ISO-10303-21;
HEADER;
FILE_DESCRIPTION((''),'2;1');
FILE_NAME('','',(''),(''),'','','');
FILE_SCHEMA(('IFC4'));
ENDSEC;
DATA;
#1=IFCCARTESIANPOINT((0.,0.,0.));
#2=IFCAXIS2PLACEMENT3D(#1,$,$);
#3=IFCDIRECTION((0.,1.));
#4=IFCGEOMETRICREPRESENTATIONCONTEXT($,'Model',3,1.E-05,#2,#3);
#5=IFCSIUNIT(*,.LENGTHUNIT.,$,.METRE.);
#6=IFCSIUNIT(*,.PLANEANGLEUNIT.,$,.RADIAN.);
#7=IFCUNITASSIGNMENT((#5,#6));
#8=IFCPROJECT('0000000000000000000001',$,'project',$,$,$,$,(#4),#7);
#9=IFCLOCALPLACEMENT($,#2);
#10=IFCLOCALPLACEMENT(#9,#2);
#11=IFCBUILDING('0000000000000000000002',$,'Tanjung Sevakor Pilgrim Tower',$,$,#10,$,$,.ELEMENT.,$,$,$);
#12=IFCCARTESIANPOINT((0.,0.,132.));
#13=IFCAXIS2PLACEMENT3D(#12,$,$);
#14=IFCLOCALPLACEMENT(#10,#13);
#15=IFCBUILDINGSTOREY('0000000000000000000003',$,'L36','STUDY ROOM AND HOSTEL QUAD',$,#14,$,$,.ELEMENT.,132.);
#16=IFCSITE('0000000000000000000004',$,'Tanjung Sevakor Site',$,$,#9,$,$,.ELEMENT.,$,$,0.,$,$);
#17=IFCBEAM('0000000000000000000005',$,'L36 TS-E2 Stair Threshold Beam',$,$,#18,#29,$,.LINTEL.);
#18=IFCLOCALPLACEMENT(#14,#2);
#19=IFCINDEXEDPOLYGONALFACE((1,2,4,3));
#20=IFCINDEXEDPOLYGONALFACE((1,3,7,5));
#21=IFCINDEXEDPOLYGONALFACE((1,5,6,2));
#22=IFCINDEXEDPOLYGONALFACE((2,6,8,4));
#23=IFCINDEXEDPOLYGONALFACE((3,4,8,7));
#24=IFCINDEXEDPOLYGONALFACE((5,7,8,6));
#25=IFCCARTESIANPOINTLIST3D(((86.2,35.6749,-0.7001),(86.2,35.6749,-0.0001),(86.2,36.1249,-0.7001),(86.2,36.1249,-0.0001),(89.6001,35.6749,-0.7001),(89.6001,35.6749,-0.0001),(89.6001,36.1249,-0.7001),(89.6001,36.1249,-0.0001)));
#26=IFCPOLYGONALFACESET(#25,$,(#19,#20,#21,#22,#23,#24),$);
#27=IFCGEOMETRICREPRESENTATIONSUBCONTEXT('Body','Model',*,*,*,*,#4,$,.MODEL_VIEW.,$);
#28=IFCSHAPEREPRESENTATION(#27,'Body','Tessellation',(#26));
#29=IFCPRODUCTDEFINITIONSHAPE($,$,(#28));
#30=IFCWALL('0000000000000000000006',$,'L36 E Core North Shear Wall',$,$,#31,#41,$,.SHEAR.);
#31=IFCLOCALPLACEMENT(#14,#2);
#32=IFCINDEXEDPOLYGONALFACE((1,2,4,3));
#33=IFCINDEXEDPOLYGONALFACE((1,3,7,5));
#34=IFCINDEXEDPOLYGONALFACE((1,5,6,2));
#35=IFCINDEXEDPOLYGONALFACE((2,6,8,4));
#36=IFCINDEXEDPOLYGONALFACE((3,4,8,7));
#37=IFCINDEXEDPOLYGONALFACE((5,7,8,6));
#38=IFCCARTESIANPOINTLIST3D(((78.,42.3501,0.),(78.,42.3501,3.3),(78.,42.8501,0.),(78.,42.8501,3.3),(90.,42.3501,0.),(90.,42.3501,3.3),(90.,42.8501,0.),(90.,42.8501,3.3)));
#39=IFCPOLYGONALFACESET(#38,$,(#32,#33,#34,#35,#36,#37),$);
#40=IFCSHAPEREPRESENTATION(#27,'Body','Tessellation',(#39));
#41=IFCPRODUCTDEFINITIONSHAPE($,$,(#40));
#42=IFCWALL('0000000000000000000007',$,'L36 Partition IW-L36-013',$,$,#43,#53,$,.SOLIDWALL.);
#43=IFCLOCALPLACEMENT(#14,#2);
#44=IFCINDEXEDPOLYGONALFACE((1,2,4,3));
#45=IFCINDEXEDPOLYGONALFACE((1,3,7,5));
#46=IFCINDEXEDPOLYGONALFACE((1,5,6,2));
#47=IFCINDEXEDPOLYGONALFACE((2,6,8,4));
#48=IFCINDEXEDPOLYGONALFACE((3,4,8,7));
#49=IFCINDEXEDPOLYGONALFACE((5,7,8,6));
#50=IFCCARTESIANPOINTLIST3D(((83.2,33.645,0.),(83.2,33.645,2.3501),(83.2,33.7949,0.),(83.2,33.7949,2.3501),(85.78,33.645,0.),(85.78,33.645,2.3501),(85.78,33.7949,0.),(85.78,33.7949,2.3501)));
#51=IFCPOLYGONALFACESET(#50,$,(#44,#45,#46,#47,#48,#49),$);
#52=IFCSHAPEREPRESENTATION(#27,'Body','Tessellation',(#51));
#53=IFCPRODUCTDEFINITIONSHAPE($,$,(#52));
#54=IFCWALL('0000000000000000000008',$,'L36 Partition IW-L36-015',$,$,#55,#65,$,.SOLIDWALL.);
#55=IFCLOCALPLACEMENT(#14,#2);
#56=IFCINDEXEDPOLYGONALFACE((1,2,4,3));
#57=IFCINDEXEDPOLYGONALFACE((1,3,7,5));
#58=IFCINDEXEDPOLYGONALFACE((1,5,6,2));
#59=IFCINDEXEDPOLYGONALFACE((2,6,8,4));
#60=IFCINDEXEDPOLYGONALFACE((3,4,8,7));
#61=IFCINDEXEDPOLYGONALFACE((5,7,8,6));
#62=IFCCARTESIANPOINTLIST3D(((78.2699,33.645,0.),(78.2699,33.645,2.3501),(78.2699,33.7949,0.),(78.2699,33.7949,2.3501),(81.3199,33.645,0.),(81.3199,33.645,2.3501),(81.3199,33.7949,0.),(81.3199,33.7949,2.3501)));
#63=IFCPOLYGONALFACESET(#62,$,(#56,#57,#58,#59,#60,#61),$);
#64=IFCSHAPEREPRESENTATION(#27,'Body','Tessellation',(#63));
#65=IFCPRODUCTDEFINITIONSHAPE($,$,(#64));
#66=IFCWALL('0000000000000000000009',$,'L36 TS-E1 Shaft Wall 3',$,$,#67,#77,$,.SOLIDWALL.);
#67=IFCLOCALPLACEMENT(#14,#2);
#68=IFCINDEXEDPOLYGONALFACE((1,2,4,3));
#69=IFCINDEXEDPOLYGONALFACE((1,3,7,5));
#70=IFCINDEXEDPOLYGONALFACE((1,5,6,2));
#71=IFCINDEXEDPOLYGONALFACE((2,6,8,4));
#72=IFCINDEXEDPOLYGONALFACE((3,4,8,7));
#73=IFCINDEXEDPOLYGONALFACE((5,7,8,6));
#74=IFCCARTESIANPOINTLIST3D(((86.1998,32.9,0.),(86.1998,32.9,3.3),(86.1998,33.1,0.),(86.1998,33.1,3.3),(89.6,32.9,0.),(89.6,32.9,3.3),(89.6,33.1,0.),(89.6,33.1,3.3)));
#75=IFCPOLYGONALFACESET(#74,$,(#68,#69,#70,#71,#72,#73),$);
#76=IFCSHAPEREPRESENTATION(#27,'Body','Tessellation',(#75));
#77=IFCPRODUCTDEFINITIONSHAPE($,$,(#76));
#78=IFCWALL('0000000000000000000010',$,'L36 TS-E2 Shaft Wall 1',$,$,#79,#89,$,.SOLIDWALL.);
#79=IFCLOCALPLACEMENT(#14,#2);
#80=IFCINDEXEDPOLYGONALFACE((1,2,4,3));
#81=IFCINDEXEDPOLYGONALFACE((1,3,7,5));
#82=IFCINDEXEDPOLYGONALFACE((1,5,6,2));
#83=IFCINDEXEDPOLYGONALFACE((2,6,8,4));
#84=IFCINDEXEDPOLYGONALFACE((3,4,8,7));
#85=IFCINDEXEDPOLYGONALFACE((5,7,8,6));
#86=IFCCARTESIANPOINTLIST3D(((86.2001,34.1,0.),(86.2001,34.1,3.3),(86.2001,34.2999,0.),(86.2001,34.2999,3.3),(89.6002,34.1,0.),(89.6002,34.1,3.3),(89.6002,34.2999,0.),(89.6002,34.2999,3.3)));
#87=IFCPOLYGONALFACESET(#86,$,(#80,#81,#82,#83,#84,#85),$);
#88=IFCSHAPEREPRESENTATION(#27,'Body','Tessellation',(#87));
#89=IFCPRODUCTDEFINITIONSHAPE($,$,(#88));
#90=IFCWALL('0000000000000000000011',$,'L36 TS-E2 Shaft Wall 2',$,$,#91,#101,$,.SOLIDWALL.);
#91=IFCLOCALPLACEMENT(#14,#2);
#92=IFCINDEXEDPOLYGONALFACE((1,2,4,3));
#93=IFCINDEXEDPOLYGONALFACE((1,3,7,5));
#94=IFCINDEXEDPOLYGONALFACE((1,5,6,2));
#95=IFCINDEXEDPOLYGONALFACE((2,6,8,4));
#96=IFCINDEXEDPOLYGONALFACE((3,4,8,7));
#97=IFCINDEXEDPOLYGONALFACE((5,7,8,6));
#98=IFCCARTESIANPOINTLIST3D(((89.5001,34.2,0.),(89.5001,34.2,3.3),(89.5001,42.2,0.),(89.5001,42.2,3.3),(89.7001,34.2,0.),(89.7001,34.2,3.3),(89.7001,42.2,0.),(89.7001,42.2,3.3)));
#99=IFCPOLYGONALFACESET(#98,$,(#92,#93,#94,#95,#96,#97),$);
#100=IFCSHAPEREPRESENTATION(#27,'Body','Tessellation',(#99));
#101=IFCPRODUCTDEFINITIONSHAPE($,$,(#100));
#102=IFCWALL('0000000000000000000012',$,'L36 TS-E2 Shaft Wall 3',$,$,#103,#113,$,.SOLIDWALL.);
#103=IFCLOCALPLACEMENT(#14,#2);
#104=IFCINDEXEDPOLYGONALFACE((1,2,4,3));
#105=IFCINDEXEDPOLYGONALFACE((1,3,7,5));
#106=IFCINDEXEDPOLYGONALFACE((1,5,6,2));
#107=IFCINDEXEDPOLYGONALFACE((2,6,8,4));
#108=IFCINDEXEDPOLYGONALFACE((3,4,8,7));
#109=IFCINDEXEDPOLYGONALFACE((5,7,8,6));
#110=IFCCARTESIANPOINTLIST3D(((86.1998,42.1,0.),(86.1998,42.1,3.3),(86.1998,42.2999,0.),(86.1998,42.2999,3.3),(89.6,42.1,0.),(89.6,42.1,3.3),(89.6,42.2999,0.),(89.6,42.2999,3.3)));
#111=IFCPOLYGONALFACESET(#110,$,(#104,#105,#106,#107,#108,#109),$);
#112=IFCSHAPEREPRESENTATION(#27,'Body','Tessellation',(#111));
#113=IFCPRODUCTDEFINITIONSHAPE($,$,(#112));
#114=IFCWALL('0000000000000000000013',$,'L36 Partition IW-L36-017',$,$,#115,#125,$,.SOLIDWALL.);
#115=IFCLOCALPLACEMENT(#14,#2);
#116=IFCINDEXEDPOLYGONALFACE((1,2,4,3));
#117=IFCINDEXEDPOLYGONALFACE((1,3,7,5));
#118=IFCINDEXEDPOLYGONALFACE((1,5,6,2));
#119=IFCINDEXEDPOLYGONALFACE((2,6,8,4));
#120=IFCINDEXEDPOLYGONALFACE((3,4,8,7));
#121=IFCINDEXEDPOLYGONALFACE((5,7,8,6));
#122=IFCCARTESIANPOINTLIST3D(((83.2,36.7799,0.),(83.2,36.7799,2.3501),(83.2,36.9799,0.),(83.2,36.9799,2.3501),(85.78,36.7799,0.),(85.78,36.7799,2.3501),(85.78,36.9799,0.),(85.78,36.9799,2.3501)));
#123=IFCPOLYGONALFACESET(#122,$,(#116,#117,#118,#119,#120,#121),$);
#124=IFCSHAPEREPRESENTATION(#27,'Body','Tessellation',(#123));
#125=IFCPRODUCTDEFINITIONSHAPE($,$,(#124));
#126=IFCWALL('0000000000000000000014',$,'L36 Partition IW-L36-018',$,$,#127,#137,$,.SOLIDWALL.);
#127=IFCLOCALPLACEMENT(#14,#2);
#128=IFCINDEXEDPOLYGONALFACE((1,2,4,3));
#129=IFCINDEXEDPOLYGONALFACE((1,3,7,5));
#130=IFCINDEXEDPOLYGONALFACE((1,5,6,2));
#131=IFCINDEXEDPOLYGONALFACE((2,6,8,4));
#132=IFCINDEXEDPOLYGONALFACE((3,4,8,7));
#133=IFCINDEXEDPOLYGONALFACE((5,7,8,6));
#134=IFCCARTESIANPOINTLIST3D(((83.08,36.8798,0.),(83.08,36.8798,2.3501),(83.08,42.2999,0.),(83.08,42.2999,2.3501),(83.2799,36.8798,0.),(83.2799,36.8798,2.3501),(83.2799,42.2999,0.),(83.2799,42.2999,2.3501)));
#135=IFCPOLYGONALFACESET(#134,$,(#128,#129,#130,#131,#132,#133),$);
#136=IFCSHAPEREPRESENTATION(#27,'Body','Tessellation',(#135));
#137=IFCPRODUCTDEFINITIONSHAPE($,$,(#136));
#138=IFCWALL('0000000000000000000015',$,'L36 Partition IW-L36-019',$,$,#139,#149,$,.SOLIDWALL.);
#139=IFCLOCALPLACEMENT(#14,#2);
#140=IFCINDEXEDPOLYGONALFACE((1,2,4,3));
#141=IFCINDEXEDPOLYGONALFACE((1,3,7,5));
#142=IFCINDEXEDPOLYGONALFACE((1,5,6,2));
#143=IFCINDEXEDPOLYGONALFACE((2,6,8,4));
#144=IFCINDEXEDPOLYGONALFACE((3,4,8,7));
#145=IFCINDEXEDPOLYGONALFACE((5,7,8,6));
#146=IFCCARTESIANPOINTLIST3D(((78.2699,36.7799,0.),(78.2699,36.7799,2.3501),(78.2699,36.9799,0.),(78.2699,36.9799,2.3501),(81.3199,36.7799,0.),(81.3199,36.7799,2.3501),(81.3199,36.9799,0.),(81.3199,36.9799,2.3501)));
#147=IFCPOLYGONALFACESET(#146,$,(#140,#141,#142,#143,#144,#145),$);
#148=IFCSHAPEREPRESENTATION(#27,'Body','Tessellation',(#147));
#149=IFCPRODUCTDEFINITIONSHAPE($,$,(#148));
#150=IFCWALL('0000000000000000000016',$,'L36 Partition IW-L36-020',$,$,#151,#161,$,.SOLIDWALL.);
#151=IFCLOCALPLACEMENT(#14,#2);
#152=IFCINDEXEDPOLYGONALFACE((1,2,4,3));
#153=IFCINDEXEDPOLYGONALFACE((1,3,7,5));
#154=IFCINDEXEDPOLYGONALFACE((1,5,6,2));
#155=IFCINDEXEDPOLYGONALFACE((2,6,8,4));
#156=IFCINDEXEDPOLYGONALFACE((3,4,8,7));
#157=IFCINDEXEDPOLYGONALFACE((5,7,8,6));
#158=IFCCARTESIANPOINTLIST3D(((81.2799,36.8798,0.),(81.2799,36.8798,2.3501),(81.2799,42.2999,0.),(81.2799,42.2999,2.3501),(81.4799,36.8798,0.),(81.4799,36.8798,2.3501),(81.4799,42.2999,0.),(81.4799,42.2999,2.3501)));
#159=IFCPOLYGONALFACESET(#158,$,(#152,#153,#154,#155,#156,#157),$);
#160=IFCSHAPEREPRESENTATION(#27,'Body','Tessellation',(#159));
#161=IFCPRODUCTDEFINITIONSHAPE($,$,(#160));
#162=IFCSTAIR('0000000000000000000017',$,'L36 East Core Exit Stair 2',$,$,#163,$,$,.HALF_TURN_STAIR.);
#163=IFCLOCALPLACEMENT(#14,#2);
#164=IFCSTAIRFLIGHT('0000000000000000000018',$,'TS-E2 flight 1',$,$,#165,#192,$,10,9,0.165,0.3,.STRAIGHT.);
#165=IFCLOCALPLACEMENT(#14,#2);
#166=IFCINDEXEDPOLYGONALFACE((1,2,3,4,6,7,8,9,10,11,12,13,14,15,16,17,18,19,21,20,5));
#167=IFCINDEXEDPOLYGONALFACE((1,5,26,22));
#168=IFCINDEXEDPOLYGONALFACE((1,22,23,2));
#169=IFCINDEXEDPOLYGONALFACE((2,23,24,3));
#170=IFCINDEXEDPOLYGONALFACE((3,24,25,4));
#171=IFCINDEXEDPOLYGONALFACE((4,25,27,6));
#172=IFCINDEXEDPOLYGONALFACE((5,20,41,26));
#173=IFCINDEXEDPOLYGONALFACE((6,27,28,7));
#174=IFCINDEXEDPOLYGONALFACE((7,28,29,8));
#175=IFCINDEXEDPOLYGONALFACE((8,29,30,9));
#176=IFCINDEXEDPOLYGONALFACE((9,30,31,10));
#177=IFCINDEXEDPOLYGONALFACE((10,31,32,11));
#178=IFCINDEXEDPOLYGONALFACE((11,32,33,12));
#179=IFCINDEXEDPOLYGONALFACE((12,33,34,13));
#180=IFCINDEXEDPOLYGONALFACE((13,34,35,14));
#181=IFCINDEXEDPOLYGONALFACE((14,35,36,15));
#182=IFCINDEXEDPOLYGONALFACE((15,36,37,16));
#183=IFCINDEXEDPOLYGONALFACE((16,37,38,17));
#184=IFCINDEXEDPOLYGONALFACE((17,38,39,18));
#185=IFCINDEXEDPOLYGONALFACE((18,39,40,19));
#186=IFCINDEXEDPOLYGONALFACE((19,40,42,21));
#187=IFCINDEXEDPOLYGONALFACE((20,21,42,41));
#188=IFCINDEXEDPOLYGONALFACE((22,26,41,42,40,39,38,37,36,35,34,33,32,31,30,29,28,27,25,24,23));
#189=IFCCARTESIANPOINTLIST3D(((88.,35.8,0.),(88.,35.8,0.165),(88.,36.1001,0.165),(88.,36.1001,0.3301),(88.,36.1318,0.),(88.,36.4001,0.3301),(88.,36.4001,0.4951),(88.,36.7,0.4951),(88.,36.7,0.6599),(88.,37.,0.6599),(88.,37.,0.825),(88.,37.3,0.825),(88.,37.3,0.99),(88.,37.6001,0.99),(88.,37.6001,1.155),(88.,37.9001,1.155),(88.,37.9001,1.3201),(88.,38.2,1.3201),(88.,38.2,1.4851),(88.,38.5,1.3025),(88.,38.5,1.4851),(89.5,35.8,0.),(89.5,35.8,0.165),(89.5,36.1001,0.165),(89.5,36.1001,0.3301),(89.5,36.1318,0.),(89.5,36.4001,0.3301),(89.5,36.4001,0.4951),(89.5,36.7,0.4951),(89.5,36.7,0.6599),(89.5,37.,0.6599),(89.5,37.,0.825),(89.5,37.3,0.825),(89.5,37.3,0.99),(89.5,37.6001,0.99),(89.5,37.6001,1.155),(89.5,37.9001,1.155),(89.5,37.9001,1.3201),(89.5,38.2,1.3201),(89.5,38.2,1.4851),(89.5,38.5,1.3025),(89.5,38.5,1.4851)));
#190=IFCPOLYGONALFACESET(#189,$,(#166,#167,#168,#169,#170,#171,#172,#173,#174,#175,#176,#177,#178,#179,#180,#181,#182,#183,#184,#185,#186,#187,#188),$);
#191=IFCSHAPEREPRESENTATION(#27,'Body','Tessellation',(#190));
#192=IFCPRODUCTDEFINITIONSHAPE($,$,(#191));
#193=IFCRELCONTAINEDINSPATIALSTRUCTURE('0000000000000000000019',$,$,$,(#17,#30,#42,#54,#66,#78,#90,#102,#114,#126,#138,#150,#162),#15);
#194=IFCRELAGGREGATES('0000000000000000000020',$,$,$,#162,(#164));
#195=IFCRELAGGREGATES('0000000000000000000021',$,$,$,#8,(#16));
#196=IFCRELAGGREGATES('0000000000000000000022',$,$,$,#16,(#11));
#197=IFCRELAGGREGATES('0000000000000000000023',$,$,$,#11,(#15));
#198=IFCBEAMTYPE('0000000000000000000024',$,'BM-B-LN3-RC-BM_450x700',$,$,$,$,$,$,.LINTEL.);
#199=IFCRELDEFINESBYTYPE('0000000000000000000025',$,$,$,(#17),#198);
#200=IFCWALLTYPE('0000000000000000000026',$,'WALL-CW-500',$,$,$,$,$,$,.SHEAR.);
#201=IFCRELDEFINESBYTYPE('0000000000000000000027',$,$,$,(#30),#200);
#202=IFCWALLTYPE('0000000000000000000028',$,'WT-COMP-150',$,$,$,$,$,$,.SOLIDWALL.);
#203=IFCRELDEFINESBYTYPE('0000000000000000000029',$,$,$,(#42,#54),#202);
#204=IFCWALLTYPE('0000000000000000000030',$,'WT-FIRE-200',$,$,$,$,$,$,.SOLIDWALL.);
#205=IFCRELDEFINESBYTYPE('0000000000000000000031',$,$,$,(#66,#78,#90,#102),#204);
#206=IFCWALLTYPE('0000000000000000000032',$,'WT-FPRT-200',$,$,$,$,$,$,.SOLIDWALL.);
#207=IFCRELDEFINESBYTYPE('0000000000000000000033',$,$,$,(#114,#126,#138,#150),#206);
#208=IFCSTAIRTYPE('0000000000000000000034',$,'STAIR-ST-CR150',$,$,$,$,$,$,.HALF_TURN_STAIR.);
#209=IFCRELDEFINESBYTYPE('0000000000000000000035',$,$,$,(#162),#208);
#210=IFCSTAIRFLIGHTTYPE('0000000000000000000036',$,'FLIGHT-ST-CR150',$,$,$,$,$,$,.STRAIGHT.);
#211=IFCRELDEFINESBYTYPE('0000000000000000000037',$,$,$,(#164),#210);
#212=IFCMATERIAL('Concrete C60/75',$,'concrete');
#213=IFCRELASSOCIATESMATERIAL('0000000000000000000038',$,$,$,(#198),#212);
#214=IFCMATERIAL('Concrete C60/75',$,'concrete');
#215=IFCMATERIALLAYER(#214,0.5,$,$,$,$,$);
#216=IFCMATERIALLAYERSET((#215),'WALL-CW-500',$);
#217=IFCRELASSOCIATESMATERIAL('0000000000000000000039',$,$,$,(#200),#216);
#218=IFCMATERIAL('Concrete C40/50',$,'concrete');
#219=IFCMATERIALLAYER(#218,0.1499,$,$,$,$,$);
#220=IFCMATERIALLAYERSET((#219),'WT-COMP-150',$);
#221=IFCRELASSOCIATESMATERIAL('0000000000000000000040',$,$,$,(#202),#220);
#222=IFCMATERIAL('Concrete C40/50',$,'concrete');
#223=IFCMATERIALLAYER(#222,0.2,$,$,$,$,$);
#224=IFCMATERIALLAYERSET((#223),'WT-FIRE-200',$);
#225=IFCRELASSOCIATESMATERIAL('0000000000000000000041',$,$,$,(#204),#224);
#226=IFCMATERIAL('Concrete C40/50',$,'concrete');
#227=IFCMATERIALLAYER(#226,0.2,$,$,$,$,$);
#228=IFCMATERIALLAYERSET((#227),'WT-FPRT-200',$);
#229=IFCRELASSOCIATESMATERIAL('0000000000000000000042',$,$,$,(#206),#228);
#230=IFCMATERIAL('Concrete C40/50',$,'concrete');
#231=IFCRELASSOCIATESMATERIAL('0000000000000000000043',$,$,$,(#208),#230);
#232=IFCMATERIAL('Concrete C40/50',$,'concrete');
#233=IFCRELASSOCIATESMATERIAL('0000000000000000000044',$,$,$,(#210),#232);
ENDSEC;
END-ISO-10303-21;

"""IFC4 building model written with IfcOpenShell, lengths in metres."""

from ifc_helpers import new_model, si_unit, direction, frame, frame_2d, origin, origin_2d, place, context, subcontext, project, spatial, polyline, rectangle, outline, extrude, material, layer, layer_set, material_profile, profile_set, type_object, element, aggregate, save


model = new_model("IFC4")

# Units and contexts
model_context = context("Model", 3, precision=1e-05, world=origin(), true_north=direction((0.0, 1.0)))
body_context = subcontext(model_context, "Body", "Model", "MODEL_VIEW")
ifc_project = project(units=[si_unit("LENGTHUNIT", "METRE"), si_unit("PLANEANGLEUNIT", "RADIAN")], contexts=[model_context])

# Site, building, storey
site_placement = place(None, origin())
site = spatial("IfcSite", under=ifc_project, at=site_placement, Name="Tanjung Sevakor Site", CompositionType="ELEMENT", RefElevation=0.0)
building_placement = place(site_placement, origin())
building = spatial("IfcBuilding", under=site, at=building_placement, Name="Tanjung Sevakor Pilgrim Tower", CompositionType="ELEMENT")
storey_placement = place(building_placement, frame((0.0, 0.0, 132.0)))
storey = spatial("IfcBuildingStorey", under=building, at=storey_placement, Name="L36", Description="STUDY ROOM AND HOSTEL QUAD", CompositionType="ELEMENT", Elevation=132.0)

# Beam
ifc_material_1 = material(Name="Concrete C60/75", Category="concrete")
ifc_material_profile = material_profile(ifc_material_1, rectangle(XDim=0.45, YDim=0.7, at=origin_2d()))
ifc_profile_set = profile_set([ifc_material_profile], Name="Concrete C60/75")
beam_type = type_object("IfcBeamType", Name="BM-B-LN3-RC-BM_450x700", PredefinedType="LINTEL", material=ifc_profile_set)
beam_placement = place(storey_placement, frame((86.2, 35.8999, -0.3501), z_axis=(1.0, 0.0, 0.0), x_axis=(0.0, 1.0, 0.0)))
element("IfcBeam", 1, at=beam_placement, inside=storey, type_object=beam_type, Name="L36 TS-E2 Stair Threshold Beam", PredefinedType="LINTEL", context=body_context, shape_type="SweptSolid", body=[
    extrude(rectangle(XDim=0.45, YDim=0.7, at=origin_2d()), origin(), (0.0, 0.0, 1.0), 3.4001),
])

# Walls
ifc_material_2 = material(Name="Concrete C60/75", Category="concrete")
ifc_layer_1 = layer(ifc_material_2, 0.5)
ifc_layer_set_1 = layer_set([ifc_layer_1], Name="WALL-CW-500")
wall_type_1 = type_object("IfcWallType", Name="WALL-CW-500", PredefinedType="SHEAR", material=ifc_layer_set_1)
wall_1_placement = place(storey_placement, frame((90.0, 42.6001, 0.0), z_axis=(0.0, 0.0, 1.0), x_axis=(-1.0, 0.0, 0.0)))
element("IfcWall", 2, at=wall_1_placement, inside=storey, type_object=wall_type_1, Name="L36 E Core North Shear Wall", PredefinedType="SHEAR", context=body_context, shape_type="SweptSolid", body=[
    extrude(rectangle(XDim=12.0, YDim=0.5, at=frame_2d((6.0, 0.0))), origin(), (0.0, 0.0, 1.0), 3.3),
])
ifc_material_3 = material(Name="Concrete C40/50", Category="concrete")
ifc_layer_2 = layer(ifc_material_3, 0.1499)
ifc_layer_set_2 = layer_set([ifc_layer_2], Name="WT-COMP-150")
wall_type_2 = type_object("IfcWallType", Name="WT-COMP-150", PredefinedType="SOLIDWALL", material=ifc_layer_set_2)
wall_2_placement = place(storey_placement, frame((83.2, 33.72, 0.0), z_axis=(0.0, 0.0, 1.0), x_axis=(1.0, 0.0, 0.0)))
element("IfcWall", 3, at=wall_2_placement, inside=storey, type_object=wall_type_2, Name="L36 Partition IW-L36-013", PredefinedType="SOLIDWALL", context=body_context, shape_type="SweptSolid", body=[
    extrude(rectangle(XDim=2.5801, YDim=0.1499, at=frame_2d((1.29, 0.0))), origin(), (0.0, 0.0, 1.0), 2.3501),
])
wall_3_placement = place(storey_placement, frame((78.27, 33.72, 0.0), z_axis=(0.0, 0.0, 1.0), x_axis=(1.0, 0.0, 0.0)))
element("IfcWall", 4, at=wall_3_placement, inside=storey, type_object=wall_type_2, Name="L36 Partition IW-L36-015", PredefinedType="SOLIDWALL", context=body_context, shape_type="SweptSolid", body=[
    extrude(rectangle(XDim=3.05, YDim=0.1499, at=frame_2d((1.5249, 0.0))), origin(), (0.0, 0.0, 1.0), 2.3501),
])
ifc_material_4 = material(Name="Concrete C40/50", Category="concrete")
ifc_layer_3 = layer(ifc_material_4, 0.2)
ifc_layer_set_3 = layer_set([ifc_layer_3], Name="WT-FIRE-200")
wall_type_3 = type_object("IfcWallType", Name="WT-FIRE-200", PredefinedType="SOLIDWALL", material=ifc_layer_set_3)
for number, where, z_axis, x_axis, name in (
    (5, (89.6001, 33.0, 0.0), (0.0, 0.0, 1.0), (-1.0, 0.0, 0.0), "L36 TS-E1 Shaft Wall 3"),
    (6, (86.2, 34.2, 0.0), (0.0, 0.0, 1.0), (1.0, 0.0, 0.0), "L36 TS-E2 Shaft Wall 1"),
):
    element("IfcWall", number, at=place(storey_placement, frame(where, z_axis=z_axis, x_axis=x_axis)), inside=storey, type_object=wall_type_3, Name=name, PredefinedType="SOLIDWALL", context=body_context, shape_type="SweptSolid", body=[
        extrude(rectangle(XDim=3.4001, YDim=0.2, at=frame_2d((1.7002, 0.0))), origin(), (0.0, 0.0, 1.0), 3.3),
    ])
wall_4_placement = place(storey_placement, frame((89.6001, 34.2, 0.0), z_axis=(0.0, 0.0, 1.0), x_axis=(0.0, 1.0, 0.0)))
element("IfcWall", 7, at=wall_4_placement, inside=storey, type_object=wall_type_3, Name="L36 TS-E2 Shaft Wall 2", PredefinedType="SOLIDWALL", context=body_context, shape_type="SweptSolid", body=[
    extrude(rectangle(XDim=8.0, YDim=0.2, at=frame_2d((4.0, 0.0))), origin(), (0.0, 0.0, 1.0), 3.3),
])
wall_5_placement = place(storey_placement, frame((89.6001, 42.2, 0.0), z_axis=(0.0, 0.0, 1.0), x_axis=(-1.0, 0.0, 0.0)))
element("IfcWall", 8, at=wall_5_placement, inside=storey, type_object=wall_type_3, Name="L36 TS-E2 Shaft Wall 3", PredefinedType="SOLIDWALL", context=body_context, shape_type="SweptSolid", body=[
    extrude(rectangle(XDim=3.4001, YDim=0.2, at=frame_2d((1.7002, 0.0))), origin(), (0.0, 0.0, 1.0), 3.3),
])
ifc_material_5 = material(Name="Concrete C40/50", Category="concrete")
ifc_layer_4 = layer(ifc_material_5, 0.2)
ifc_layer_set_4 = layer_set([ifc_layer_4], Name="WT-FPRT-200")
wall_type_4 = type_object("IfcWallType", Name="WT-FPRT-200", PredefinedType="SOLIDWALL", material=ifc_layer_set_4)
wall_6_placement = place(storey_placement, frame((83.2, 36.8799, 0.0), z_axis=(0.0, 0.0, 1.0), x_axis=(1.0, 0.0, 0.0)))
element("IfcWall", 9, at=wall_6_placement, inside=storey, type_object=wall_type_4, Name="L36 Partition IW-L36-017", PredefinedType="SOLIDWALL", context=body_context, shape_type="SweptSolid", body=[
    extrude(rectangle(XDim=2.5801, YDim=0.2, at=frame_2d((1.29, 0.0))), origin(), (0.0, 0.0, 1.0), 2.3501),
])
wall_7_placement = place(storey_placement, frame((83.1799, 36.8799, 0.0), z_axis=(0.0, 0.0, 1.0), x_axis=(0.0, 1.0, 0.0)))
element("IfcWall", 10, at=wall_7_placement, inside=storey, type_object=wall_type_4, Name="L36 Partition IW-L36-018", PredefinedType="SOLIDWALL", context=body_context, shape_type="SweptSolid", body=[
    extrude(rectangle(XDim=5.4202, YDim=0.2, at=frame_2d((2.71, 0.0))), origin(), (0.0, 0.0, 1.0), 2.3501),
])
wall_8_placement = place(storey_placement, frame((78.27, 36.8799, 0.0), z_axis=(0.0, 0.0, 1.0), x_axis=(1.0, 0.0, 0.0)))
element("IfcWall", 11, at=wall_8_placement, inside=storey, type_object=wall_type_4, Name="L36 Partition IW-L36-019", PredefinedType="SOLIDWALL", context=body_context, shape_type="SweptSolid", body=[
    extrude(rectangle(XDim=3.05, YDim=0.2, at=frame_2d((1.5249, 0.0))), origin(), (0.0, 0.0, 1.0), 2.3501),
])
wall_9_placement = place(storey_placement, frame((81.3799, 36.8799, 0.0), z_axis=(0.0, 0.0, 1.0), x_axis=(0.0, 1.0, 0.0)))
element("IfcWall", 12, at=wall_9_placement, inside=storey, type_object=wall_type_4, Name="L36 Partition IW-L36-020", PredefinedType="SOLIDWALL", context=body_context, shape_type="SweptSolid", body=[
    extrude(rectangle(XDim=5.4202, YDim=0.2, at=frame_2d((2.71, 0.0))), origin(), (0.0, 0.0, 1.0), 2.3501),
])

# Stair, stair flight
ifc_material_6 = material(Name="Concrete C40/50", Category="concrete")
stair_type = type_object("IfcStairType", Name="STAIR-ST-CR150", PredefinedType="HALF_TURN_STAIR", material=ifc_material_6)
stair_placement = place(storey_placement, origin())
stair = element("IfcStair", 13, at=stair_placement, inside=storey, type_object=stair_type, Name="L36 East Core Exit Stair 2", PredefinedType="HALF_TURN_STAIR")
ifc_material_7 = material(Name="Concrete C40/50", Category="concrete")
stair_flight_type = type_object("IfcStairFlightType", Name="FLIGHT-ST-CR150", PredefinedType="STRAIGHT", material=ifc_material_7)
stair_flight_1_placement = place(storey_placement, frame((88.75, 35.8, 0.0), z_axis=(0.0, 0.0, 1.0), x_axis=(0.0, 1.0, 0.0)))
stair_flight_1 = element("IfcStairFlight", 14, at=stair_flight_1_placement, type_object=stair_flight_type, Name="TS-E2 flight 1", NumberOfRisers=10, NumberOfTreads=9, PredefinedType="STRAIGHT", RiserHeight=0.165, TreadLength=0.3, context=body_context, shape_type="SweptSolid", body=[
    extrude(outline(polyline([(0.0, 0.0), (0.0, 0.165), (0.3, 0.165), (0.3, 0.3301), (0.6001, 0.3301), (0.6001, 0.4951), (0.8999, 0.4951), (0.8999, 0.6599), (1.2, 0.6599), (1.2, 0.825), (1.5, 0.825), (1.5, 0.99), (1.8, 0.99), (1.8, 1.155), (2.1001, 1.155), (2.1001, 1.3201), (2.3999, 1.3201), (2.3999, 1.4851), (2.7, 1.4851), (2.7, 1.6499), (2.7, 1.3025), (0.3318, 0.0), (0.0, 0.0)])), frame((0.0, 0.75, 0.0), z_axis=(0.0, -1.0, 0.0), x_axis=(1.0, 0.0, 0.0)), (0.0, 0.0, 1.0), 1.5),
])
aggregate(stair, [stair_flight_1])

save(model, "model.ifc")
